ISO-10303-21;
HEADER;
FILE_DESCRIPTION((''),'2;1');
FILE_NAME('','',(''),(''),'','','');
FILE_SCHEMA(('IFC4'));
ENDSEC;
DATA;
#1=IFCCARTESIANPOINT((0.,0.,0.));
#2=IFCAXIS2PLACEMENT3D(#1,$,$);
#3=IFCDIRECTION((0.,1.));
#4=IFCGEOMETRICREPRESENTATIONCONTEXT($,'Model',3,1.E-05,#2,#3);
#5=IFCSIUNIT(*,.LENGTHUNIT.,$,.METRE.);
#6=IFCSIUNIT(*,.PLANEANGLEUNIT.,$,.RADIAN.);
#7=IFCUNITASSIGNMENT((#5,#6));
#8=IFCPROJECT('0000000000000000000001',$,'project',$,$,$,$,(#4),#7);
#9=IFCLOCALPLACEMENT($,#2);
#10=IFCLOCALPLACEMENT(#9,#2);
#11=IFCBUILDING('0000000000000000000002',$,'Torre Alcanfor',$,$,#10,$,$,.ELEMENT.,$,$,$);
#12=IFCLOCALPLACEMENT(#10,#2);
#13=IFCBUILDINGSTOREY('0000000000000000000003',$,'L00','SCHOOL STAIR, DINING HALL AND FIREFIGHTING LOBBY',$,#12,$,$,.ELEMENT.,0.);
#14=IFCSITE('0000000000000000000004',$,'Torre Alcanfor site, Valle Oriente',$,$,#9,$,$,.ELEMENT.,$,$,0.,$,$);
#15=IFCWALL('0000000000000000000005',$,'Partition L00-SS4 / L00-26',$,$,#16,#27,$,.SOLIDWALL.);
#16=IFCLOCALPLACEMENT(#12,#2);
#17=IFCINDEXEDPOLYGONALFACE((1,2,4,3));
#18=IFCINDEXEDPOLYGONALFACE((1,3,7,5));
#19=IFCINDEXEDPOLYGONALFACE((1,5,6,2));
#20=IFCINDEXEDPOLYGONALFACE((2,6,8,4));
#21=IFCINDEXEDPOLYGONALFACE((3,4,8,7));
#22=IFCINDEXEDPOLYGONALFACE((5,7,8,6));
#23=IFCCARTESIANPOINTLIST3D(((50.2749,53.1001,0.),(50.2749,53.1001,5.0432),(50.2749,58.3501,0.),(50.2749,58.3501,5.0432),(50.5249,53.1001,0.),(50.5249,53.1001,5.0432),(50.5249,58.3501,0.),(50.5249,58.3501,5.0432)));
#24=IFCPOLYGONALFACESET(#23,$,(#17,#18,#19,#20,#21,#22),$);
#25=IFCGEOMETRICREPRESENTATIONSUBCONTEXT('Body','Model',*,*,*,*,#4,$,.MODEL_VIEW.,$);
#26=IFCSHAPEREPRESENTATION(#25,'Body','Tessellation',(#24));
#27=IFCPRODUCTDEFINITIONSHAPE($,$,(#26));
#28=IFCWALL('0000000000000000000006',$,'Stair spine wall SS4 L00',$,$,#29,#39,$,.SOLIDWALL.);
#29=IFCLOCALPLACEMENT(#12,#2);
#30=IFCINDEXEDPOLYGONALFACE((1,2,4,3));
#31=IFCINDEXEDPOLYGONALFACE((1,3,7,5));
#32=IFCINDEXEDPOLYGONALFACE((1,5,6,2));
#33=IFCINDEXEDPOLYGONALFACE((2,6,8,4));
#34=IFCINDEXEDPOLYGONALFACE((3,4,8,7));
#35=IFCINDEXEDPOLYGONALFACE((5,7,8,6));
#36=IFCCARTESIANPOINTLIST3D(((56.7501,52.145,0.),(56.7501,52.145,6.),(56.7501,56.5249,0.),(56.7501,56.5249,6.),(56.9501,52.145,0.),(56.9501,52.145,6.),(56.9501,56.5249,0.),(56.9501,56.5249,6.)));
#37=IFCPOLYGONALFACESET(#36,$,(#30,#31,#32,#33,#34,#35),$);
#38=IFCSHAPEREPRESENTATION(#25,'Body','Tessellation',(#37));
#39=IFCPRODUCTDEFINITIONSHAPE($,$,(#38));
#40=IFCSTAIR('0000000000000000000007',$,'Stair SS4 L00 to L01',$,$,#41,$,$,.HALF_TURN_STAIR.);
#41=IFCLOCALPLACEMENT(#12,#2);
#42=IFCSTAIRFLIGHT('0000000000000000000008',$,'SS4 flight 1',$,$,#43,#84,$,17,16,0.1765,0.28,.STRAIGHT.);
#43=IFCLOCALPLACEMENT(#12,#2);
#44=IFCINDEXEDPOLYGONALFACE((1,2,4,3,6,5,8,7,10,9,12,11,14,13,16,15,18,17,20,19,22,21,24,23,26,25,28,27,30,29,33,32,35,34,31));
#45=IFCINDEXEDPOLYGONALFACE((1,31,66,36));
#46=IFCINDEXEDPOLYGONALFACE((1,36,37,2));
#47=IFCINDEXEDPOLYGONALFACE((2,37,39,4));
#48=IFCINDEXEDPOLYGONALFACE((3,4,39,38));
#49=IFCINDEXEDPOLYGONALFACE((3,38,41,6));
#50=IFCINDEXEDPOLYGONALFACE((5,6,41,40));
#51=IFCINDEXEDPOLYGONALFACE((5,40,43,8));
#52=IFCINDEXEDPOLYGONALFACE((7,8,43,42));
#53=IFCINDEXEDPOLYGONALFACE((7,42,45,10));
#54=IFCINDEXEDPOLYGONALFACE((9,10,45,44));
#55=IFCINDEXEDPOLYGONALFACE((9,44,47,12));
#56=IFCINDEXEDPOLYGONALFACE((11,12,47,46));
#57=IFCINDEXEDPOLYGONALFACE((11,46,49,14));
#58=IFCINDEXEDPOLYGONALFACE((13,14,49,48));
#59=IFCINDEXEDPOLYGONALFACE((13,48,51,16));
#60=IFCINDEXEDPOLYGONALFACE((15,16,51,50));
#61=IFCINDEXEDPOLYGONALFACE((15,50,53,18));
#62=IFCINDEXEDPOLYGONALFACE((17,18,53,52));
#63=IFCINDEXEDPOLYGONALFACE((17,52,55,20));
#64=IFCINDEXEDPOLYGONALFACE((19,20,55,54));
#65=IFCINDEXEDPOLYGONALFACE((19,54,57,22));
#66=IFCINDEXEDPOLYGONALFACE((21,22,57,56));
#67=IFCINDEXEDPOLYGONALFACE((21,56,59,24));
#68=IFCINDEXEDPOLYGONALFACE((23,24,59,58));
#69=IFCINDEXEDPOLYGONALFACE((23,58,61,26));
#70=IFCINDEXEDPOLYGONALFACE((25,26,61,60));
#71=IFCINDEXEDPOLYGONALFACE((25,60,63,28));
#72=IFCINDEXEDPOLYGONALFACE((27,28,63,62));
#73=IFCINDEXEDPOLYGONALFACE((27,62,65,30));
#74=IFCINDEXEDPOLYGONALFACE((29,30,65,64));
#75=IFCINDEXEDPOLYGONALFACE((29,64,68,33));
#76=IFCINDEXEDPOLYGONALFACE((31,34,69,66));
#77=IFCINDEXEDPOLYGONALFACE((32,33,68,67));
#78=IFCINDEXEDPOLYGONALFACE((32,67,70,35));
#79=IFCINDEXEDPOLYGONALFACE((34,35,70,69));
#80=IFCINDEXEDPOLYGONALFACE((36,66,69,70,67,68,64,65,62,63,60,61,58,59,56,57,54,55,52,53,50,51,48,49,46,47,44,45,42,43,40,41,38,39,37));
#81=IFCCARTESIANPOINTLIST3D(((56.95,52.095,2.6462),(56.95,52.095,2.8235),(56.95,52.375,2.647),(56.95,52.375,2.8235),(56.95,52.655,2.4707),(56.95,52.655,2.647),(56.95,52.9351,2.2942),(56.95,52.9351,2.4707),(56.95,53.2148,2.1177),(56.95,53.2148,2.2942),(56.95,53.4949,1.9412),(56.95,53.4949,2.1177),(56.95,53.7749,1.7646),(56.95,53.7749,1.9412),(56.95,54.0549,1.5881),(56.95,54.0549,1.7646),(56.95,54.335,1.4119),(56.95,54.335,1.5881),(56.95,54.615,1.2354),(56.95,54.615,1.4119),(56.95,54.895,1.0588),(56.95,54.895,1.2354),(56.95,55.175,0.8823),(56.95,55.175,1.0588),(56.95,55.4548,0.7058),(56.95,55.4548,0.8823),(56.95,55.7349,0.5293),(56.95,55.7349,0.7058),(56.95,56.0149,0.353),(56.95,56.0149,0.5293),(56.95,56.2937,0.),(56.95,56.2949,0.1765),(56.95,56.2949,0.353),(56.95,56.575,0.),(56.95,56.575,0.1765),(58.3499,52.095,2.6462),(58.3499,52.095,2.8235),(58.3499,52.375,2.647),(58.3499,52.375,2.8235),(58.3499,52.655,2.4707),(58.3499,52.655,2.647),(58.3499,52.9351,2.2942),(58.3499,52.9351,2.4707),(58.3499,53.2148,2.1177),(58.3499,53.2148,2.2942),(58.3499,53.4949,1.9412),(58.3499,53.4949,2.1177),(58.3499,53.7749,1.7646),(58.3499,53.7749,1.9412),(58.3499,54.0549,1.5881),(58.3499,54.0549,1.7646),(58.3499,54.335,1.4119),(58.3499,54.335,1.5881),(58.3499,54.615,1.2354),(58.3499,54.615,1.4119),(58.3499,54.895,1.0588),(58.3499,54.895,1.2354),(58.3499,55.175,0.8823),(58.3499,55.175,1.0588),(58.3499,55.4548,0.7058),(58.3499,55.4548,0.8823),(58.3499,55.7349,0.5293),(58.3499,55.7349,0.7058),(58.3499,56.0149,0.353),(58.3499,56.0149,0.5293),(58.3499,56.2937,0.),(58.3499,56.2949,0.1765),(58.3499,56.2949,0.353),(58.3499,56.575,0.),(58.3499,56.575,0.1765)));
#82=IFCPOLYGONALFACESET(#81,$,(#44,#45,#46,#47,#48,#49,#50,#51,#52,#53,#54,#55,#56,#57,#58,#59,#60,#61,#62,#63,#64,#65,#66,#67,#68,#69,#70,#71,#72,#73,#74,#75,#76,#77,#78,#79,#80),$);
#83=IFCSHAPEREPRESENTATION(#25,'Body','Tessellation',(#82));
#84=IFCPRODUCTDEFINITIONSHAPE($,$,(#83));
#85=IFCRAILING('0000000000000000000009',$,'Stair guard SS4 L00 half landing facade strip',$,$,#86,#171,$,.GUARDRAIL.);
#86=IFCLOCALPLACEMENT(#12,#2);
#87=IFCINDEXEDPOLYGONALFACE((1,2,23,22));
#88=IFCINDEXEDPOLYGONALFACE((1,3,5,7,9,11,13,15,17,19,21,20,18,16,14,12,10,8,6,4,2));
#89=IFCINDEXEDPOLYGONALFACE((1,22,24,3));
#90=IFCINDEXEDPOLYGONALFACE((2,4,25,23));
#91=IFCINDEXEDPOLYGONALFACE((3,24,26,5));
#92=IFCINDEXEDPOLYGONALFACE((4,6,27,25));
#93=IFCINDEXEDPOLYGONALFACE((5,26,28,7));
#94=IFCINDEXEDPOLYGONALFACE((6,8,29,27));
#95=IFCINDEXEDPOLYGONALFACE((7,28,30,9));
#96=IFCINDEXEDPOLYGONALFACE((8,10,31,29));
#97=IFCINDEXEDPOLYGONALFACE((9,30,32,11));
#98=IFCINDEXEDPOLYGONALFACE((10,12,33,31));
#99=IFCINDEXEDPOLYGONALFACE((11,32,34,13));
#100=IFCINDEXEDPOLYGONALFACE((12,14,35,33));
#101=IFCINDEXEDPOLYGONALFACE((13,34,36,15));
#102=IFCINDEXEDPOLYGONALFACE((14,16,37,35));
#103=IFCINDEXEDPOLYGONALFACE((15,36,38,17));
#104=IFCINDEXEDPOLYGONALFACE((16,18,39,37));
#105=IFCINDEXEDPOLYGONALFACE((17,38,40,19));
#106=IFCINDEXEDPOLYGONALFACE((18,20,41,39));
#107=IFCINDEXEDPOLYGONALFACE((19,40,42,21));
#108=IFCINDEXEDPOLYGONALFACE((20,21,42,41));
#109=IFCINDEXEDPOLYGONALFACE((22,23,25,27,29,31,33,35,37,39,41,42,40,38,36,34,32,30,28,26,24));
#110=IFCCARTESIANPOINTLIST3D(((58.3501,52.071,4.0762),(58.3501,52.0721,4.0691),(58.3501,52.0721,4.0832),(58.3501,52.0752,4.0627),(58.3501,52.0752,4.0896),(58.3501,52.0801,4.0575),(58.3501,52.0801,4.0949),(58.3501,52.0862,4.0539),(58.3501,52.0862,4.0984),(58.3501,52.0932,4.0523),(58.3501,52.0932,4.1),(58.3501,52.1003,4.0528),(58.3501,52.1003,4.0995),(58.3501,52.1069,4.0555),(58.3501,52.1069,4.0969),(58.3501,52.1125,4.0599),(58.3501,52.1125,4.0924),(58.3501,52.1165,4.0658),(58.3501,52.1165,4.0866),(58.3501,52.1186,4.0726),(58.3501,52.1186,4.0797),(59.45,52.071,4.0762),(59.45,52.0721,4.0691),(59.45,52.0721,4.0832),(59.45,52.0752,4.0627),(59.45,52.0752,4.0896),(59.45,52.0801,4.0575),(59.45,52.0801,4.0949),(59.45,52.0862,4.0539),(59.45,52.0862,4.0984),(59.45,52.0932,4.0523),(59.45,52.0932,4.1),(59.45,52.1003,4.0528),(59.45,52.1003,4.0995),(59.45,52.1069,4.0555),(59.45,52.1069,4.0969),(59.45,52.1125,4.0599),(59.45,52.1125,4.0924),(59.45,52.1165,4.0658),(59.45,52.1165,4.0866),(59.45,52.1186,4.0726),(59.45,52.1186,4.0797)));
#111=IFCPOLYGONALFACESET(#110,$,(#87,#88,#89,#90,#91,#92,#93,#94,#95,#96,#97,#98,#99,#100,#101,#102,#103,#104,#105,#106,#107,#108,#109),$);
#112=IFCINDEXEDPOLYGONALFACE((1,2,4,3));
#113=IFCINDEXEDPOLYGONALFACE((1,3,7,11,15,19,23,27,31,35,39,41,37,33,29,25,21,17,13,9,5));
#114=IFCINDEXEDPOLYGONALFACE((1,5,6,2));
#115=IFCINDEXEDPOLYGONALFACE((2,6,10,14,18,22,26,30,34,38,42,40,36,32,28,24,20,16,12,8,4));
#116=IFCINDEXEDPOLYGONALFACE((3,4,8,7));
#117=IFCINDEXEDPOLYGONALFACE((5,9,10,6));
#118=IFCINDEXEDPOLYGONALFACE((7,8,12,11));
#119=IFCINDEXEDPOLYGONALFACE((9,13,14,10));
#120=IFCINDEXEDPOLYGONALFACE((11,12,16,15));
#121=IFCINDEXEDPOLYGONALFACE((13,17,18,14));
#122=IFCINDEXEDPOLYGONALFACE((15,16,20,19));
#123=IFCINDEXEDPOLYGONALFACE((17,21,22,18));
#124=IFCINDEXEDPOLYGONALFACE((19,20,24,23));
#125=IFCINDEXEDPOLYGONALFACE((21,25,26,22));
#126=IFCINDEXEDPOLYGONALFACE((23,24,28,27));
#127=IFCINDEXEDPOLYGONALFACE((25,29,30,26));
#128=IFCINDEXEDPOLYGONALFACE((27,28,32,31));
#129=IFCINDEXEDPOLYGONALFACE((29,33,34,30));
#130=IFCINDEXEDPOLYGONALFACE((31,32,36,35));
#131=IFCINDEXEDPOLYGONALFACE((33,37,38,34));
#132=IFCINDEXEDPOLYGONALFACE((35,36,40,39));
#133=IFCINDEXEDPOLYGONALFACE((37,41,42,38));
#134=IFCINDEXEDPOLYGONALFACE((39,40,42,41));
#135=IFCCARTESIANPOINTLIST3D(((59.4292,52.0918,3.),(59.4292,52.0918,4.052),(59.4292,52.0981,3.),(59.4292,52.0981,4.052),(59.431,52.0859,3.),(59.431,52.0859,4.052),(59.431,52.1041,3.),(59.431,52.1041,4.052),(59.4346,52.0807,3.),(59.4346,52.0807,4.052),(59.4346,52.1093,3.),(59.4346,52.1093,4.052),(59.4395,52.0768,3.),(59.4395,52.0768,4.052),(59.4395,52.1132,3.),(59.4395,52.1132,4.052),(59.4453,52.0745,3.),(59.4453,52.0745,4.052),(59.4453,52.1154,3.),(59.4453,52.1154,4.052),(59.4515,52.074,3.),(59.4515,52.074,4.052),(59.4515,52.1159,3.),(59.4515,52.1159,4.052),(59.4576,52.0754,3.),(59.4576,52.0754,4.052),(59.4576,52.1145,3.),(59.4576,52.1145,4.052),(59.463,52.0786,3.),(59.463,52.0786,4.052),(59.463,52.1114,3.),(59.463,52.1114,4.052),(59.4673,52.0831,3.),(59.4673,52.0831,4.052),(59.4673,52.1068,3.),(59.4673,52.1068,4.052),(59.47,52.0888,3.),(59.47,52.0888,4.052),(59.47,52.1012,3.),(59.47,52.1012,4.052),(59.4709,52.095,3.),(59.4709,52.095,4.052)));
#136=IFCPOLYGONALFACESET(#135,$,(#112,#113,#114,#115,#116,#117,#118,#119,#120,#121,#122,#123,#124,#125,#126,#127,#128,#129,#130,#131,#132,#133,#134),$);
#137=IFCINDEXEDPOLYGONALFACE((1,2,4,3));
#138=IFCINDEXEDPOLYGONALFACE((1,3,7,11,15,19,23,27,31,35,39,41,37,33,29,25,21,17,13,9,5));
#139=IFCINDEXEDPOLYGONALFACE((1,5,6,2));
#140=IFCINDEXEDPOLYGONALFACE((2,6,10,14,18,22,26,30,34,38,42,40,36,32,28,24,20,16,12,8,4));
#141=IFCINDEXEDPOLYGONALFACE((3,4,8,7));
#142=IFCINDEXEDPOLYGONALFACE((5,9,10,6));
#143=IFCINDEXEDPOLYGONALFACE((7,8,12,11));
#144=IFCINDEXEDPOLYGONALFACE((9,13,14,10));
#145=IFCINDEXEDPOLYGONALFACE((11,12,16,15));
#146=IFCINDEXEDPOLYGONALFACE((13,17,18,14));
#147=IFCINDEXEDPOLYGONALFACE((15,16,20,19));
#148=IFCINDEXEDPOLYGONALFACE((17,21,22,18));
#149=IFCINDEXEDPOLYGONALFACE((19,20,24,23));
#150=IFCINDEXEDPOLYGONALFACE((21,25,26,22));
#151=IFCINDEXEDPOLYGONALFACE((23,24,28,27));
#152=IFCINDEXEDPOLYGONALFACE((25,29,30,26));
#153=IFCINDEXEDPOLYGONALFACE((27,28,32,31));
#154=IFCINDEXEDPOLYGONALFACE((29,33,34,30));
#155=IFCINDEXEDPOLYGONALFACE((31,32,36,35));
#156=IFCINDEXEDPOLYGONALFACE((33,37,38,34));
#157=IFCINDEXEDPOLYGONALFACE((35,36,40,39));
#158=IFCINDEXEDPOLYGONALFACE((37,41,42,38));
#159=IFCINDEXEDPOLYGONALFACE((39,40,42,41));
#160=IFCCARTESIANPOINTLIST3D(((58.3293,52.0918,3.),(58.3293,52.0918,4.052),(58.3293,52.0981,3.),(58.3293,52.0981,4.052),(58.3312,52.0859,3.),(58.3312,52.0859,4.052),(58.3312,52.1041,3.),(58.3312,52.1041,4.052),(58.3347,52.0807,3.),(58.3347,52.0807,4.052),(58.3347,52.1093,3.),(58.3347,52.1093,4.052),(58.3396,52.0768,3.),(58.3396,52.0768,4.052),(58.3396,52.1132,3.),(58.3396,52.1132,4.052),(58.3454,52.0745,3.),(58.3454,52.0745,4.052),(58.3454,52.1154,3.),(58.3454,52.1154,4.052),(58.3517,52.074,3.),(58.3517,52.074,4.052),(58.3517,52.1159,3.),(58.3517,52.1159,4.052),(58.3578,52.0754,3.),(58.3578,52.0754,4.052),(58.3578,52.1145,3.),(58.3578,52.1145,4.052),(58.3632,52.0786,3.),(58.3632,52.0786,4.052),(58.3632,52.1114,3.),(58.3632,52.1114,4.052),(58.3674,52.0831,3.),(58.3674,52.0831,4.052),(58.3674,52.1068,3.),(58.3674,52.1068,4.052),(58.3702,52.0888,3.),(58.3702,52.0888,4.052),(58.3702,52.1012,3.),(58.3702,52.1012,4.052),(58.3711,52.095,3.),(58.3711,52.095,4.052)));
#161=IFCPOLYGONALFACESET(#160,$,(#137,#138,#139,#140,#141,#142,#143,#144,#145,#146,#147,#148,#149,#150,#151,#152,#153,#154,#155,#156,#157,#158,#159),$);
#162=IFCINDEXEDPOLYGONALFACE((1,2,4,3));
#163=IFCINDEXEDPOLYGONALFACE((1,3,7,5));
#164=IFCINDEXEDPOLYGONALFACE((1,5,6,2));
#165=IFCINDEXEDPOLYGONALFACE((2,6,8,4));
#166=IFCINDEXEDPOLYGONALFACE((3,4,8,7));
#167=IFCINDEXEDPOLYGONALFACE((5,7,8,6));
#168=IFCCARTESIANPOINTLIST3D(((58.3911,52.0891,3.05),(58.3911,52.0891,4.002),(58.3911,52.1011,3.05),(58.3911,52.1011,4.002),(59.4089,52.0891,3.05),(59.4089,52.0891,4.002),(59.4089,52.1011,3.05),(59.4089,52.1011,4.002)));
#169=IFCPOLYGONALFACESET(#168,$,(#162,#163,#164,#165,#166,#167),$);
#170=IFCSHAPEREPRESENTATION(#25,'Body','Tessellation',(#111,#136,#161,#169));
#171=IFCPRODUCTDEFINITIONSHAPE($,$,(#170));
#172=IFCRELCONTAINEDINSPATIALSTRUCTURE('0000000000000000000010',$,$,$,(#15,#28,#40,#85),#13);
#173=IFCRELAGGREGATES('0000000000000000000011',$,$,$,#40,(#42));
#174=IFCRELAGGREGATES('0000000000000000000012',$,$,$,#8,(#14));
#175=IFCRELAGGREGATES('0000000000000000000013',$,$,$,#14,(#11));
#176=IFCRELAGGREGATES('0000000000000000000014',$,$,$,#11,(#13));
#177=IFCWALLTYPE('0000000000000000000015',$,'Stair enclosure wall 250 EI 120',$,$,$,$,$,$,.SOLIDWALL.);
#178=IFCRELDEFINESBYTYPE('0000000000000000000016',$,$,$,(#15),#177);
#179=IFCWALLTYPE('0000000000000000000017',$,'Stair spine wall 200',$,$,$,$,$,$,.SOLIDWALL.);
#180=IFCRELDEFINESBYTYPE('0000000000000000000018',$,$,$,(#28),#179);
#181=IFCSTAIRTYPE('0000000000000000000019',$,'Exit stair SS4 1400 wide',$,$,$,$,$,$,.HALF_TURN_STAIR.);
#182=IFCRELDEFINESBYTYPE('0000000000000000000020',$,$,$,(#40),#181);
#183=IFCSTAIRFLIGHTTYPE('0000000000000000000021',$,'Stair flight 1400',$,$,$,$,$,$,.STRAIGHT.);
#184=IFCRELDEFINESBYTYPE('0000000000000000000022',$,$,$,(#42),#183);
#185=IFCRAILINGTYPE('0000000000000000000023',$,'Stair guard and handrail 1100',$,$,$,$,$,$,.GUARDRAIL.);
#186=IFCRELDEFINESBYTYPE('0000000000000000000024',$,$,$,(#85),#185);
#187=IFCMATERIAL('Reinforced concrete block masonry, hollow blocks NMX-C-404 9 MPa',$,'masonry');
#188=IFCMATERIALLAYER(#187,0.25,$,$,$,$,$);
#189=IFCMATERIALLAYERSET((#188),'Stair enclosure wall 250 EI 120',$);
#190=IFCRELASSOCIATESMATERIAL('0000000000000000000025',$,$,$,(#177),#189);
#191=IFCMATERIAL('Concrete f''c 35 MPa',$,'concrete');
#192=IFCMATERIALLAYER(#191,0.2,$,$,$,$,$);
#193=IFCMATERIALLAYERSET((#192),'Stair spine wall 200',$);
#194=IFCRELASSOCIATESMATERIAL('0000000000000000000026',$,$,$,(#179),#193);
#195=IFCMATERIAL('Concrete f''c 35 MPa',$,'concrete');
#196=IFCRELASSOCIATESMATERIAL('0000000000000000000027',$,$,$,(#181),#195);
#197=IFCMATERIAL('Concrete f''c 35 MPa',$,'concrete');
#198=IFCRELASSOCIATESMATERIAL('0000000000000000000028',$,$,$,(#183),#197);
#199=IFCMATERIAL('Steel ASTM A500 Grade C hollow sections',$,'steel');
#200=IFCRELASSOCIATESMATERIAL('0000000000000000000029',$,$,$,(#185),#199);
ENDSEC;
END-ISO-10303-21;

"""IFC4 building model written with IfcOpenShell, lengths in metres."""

from ifc_helpers import new_model, si_unit, direction, frame, frame_2d, origin, origin_2d, place, context, subcontext, project, spatial, polyline, rectangle, circle, outline, extrude, material, layer, layer_set, type_object, element, aggregate, save


model = new_model("IFC4")

# Units and contexts
model_context = context("Model", 3, precision=1e-05, world=origin(), true_north=direction((0.0, 1.0)))
body_context = subcontext(model_context, "Body", "Model", "MODEL_VIEW")
ifc_project = project(units=[si_unit("LENGTHUNIT", "METRE"), si_unit("PLANEANGLEUNIT", "RADIAN")], contexts=[model_context])

# Site, building, storey
site_placement = place(None, origin())
site = spatial("IfcSite", under=ifc_project, at=site_placement, Name="Torre Alcanfor site, Valle Oriente", CompositionType="ELEMENT", RefElevation=0.0)
building_placement = place(site_placement, origin())
building = spatial("IfcBuilding", under=site, at=building_placement, Name="Torre Alcanfor", CompositionType="ELEMENT")
storey_placement = place(building_placement, origin())
storey = spatial("IfcBuildingStorey", under=building, at=storey_placement, Name="L00", Description="SCHOOL STAIR, DINING HALL AND FIREFIGHTING LOBBY", CompositionType="ELEMENT", Elevation=0.0)

# Walls
ifc_material_1 = material(Name="Reinforced concrete block masonry, hollow blocks NMX-C-404 9 MPa", Category="masonry")
ifc_layer_1 = layer(ifc_material_1, 0.25)
ifc_layer_set_1 = layer_set([ifc_layer_1], Name="Stair enclosure wall 250 EI 120")
wall_type_1 = type_object("IfcWallType", Name="Stair enclosure wall 250 EI 120", PredefinedType="SOLIDWALL", material=ifc_layer_set_1)
wall_1_placement = place(storey_placement, frame((50.3999, 53.1001, 0.0), z_axis=(0.0, 0.0, 1.0), x_axis=(0.0, 1.0, 0.0)))
element("IfcWall", 1, at=wall_1_placement, inside=storey, type_object=wall_type_1, Name="Partition L00-SS4 / L00-26", PredefinedType="SOLIDWALL", context=body_context, shape_type="SweptSolid", body=[
    extrude(rectangle(XDim=5.25, YDim=0.25, at=frame_2d((2.625, 0.0))), origin(), (0.0, 0.0, 1.0), 5.0432),
])
ifc_material_2 = material(Name="Concrete f'c 35 MPa", Category="concrete")
ifc_layer_2 = layer(ifc_material_2, 0.2)
ifc_layer_set_2 = layer_set([ifc_layer_2], Name="Stair spine wall 200")
wall_type_2 = type_object("IfcWallType", Name="Stair spine wall 200", PredefinedType="SOLIDWALL", material=ifc_layer_set_2)
wall_2_placement = place(storey_placement, frame((56.8501, 56.5249, 0.0), z_axis=(0.0, 0.0, 1.0), x_axis=(0.0, -1.0, 0.0)))
element("IfcWall", 2, at=wall_2_placement, inside=storey, type_object=wall_type_2, Name="Stair spine wall SS4 L00", PredefinedType="SOLIDWALL", context=body_context, shape_type="SweptSolid", body=[
    extrude(rectangle(XDim=4.3799, YDim=0.2, at=frame_2d((2.1899, 0.0))), origin(), (0.0, 0.0, 1.0), 6.0),
])

# Stair, stair flight
ifc_material_3 = material(Name="Concrete f'c 35 MPa", Category="concrete")
stair_type = type_object("IfcStairType", Name="Exit stair SS4 1400 wide", PredefinedType="HALF_TURN_STAIR", material=ifc_material_3)
stair_placement = place(storey_placement, origin())
stair = element("IfcStair", 3, at=stair_placement, inside=storey, type_object=stair_type, Name="Stair SS4 L00 to L01", PredefinedType="HALF_TURN_STAIR")
ifc_material_4 = material(Name="Concrete f'c 35 MPa", Category="concrete")
stair_flight_type = type_object("IfcStairFlightType", Name="Stair flight 1400", PredefinedType="STRAIGHT", material=ifc_material_4)
stair_flight_placement = place(storey_placement, frame((57.6499, 56.575, 0.0), z_axis=(0.0, 0.0, 1.0), x_axis=(0.0, -1.0, 0.0)))
stair_flight = element("IfcStairFlight", 4, at=stair_flight_placement, type_object=stair_flight_type, Name="SS4 flight 1", NumberOfRisers=17, NumberOfTreads=16, PredefinedType="STRAIGHT", RiserHeight=0.1765, TreadLength=0.28, context=body_context, shape_type="SweptSolid", body=[
    extrude(outline(polyline([(0.0, 0.0), (0.0, 0.1765), (0.28, 0.1765), (0.28, 0.353), (0.5601, 0.353), (0.5601, 0.5293), (0.8401, 0.5293), (0.8401, 0.7058), (1.1201, 0.7058), (1.1201, 0.8823), (1.3999, 0.8823), (1.3999, 1.0588), (1.6799, 1.0588), (1.6799, 1.2354), (1.96, 1.2354), (1.96, 1.4119), (2.24, 1.4119), (2.24, 1.5881), (2.52, 1.5881), (2.52, 1.7646), (2.8, 1.7646), (2.8, 1.9412), (3.0801, 1.9412), (3.0801, 2.1177), (3.3601, 2.1177), (3.3601, 2.2942), (3.6399, 2.2942), (3.6399, 2.4707), (3.9199, 2.4707), (3.9199, 2.647), (4.2, 2.647), (4.2, 2.8235), (4.48, 2.8235), (4.48, 3.0), (4.48, 2.6462), (0.2812, 0.0), (0.0, 0.0)])), frame((0.0, 0.7, 0.0), z_axis=(0.0, -1.0, 0.0), x_axis=(1.0, 0.0, 0.0)), (0.0, 0.0, 1.0), 1.3999),
])
aggregate(stair, [stair_flight])

# Railing
ifc_material_5 = material(Name="Steel ASTM A500 Grade C hollow sections", Category="steel")
railing_type_1 = type_object("IfcRailingType", Name="Stair guard and handrail 1100", PredefinedType="GUARDRAIL", material=ifc_material_5)
railing_1_placement = place(storey_placement, frame((59.45, 52.095, 3.0)))
element("IfcRailing", 5, at=railing_1_placement, inside=storey, type_object=railing_type_1, Name="Stair guard SS4 L00 half landing facade strip", PredefinedType="GUARDRAIL", context=body_context, shape_type="SweptSolid", body=[
    extrude(circle(Radius=0.0239, at=origin_2d()), frame((0.0, 0.0, 1.0762), z_axis=(-1.0, 0.0, 0.0), x_axis=(0.0, -1.0, 0.0)), (0.0, 0.0, 1.0), 1.0999),
    extrude(circle(Radius=0.021, at=origin_2d()), origin(), (0.0, 0.0, 1.0), 1.052),
    extrude(circle(Radius=0.021, at=origin_2d()), frame((-1.0999, 0.0, 0.0)), (0.0, 0.0, 1.0), 1.052),
    extrude(outline(polyline([(0.041, 0.05), (1.0588, 0.05), (1.0588, 1.002), (0.041, 1.002), (0.041, 0.05)])), frame((0.0, -0.0059, 0.0), z_axis=(0.0, 1.0, 0.0), x_axis=(-1.0, 0.0, 0.0)), (0.0, 0.0, 1.0), 0.012),
])

save(model, "model.ifc")
